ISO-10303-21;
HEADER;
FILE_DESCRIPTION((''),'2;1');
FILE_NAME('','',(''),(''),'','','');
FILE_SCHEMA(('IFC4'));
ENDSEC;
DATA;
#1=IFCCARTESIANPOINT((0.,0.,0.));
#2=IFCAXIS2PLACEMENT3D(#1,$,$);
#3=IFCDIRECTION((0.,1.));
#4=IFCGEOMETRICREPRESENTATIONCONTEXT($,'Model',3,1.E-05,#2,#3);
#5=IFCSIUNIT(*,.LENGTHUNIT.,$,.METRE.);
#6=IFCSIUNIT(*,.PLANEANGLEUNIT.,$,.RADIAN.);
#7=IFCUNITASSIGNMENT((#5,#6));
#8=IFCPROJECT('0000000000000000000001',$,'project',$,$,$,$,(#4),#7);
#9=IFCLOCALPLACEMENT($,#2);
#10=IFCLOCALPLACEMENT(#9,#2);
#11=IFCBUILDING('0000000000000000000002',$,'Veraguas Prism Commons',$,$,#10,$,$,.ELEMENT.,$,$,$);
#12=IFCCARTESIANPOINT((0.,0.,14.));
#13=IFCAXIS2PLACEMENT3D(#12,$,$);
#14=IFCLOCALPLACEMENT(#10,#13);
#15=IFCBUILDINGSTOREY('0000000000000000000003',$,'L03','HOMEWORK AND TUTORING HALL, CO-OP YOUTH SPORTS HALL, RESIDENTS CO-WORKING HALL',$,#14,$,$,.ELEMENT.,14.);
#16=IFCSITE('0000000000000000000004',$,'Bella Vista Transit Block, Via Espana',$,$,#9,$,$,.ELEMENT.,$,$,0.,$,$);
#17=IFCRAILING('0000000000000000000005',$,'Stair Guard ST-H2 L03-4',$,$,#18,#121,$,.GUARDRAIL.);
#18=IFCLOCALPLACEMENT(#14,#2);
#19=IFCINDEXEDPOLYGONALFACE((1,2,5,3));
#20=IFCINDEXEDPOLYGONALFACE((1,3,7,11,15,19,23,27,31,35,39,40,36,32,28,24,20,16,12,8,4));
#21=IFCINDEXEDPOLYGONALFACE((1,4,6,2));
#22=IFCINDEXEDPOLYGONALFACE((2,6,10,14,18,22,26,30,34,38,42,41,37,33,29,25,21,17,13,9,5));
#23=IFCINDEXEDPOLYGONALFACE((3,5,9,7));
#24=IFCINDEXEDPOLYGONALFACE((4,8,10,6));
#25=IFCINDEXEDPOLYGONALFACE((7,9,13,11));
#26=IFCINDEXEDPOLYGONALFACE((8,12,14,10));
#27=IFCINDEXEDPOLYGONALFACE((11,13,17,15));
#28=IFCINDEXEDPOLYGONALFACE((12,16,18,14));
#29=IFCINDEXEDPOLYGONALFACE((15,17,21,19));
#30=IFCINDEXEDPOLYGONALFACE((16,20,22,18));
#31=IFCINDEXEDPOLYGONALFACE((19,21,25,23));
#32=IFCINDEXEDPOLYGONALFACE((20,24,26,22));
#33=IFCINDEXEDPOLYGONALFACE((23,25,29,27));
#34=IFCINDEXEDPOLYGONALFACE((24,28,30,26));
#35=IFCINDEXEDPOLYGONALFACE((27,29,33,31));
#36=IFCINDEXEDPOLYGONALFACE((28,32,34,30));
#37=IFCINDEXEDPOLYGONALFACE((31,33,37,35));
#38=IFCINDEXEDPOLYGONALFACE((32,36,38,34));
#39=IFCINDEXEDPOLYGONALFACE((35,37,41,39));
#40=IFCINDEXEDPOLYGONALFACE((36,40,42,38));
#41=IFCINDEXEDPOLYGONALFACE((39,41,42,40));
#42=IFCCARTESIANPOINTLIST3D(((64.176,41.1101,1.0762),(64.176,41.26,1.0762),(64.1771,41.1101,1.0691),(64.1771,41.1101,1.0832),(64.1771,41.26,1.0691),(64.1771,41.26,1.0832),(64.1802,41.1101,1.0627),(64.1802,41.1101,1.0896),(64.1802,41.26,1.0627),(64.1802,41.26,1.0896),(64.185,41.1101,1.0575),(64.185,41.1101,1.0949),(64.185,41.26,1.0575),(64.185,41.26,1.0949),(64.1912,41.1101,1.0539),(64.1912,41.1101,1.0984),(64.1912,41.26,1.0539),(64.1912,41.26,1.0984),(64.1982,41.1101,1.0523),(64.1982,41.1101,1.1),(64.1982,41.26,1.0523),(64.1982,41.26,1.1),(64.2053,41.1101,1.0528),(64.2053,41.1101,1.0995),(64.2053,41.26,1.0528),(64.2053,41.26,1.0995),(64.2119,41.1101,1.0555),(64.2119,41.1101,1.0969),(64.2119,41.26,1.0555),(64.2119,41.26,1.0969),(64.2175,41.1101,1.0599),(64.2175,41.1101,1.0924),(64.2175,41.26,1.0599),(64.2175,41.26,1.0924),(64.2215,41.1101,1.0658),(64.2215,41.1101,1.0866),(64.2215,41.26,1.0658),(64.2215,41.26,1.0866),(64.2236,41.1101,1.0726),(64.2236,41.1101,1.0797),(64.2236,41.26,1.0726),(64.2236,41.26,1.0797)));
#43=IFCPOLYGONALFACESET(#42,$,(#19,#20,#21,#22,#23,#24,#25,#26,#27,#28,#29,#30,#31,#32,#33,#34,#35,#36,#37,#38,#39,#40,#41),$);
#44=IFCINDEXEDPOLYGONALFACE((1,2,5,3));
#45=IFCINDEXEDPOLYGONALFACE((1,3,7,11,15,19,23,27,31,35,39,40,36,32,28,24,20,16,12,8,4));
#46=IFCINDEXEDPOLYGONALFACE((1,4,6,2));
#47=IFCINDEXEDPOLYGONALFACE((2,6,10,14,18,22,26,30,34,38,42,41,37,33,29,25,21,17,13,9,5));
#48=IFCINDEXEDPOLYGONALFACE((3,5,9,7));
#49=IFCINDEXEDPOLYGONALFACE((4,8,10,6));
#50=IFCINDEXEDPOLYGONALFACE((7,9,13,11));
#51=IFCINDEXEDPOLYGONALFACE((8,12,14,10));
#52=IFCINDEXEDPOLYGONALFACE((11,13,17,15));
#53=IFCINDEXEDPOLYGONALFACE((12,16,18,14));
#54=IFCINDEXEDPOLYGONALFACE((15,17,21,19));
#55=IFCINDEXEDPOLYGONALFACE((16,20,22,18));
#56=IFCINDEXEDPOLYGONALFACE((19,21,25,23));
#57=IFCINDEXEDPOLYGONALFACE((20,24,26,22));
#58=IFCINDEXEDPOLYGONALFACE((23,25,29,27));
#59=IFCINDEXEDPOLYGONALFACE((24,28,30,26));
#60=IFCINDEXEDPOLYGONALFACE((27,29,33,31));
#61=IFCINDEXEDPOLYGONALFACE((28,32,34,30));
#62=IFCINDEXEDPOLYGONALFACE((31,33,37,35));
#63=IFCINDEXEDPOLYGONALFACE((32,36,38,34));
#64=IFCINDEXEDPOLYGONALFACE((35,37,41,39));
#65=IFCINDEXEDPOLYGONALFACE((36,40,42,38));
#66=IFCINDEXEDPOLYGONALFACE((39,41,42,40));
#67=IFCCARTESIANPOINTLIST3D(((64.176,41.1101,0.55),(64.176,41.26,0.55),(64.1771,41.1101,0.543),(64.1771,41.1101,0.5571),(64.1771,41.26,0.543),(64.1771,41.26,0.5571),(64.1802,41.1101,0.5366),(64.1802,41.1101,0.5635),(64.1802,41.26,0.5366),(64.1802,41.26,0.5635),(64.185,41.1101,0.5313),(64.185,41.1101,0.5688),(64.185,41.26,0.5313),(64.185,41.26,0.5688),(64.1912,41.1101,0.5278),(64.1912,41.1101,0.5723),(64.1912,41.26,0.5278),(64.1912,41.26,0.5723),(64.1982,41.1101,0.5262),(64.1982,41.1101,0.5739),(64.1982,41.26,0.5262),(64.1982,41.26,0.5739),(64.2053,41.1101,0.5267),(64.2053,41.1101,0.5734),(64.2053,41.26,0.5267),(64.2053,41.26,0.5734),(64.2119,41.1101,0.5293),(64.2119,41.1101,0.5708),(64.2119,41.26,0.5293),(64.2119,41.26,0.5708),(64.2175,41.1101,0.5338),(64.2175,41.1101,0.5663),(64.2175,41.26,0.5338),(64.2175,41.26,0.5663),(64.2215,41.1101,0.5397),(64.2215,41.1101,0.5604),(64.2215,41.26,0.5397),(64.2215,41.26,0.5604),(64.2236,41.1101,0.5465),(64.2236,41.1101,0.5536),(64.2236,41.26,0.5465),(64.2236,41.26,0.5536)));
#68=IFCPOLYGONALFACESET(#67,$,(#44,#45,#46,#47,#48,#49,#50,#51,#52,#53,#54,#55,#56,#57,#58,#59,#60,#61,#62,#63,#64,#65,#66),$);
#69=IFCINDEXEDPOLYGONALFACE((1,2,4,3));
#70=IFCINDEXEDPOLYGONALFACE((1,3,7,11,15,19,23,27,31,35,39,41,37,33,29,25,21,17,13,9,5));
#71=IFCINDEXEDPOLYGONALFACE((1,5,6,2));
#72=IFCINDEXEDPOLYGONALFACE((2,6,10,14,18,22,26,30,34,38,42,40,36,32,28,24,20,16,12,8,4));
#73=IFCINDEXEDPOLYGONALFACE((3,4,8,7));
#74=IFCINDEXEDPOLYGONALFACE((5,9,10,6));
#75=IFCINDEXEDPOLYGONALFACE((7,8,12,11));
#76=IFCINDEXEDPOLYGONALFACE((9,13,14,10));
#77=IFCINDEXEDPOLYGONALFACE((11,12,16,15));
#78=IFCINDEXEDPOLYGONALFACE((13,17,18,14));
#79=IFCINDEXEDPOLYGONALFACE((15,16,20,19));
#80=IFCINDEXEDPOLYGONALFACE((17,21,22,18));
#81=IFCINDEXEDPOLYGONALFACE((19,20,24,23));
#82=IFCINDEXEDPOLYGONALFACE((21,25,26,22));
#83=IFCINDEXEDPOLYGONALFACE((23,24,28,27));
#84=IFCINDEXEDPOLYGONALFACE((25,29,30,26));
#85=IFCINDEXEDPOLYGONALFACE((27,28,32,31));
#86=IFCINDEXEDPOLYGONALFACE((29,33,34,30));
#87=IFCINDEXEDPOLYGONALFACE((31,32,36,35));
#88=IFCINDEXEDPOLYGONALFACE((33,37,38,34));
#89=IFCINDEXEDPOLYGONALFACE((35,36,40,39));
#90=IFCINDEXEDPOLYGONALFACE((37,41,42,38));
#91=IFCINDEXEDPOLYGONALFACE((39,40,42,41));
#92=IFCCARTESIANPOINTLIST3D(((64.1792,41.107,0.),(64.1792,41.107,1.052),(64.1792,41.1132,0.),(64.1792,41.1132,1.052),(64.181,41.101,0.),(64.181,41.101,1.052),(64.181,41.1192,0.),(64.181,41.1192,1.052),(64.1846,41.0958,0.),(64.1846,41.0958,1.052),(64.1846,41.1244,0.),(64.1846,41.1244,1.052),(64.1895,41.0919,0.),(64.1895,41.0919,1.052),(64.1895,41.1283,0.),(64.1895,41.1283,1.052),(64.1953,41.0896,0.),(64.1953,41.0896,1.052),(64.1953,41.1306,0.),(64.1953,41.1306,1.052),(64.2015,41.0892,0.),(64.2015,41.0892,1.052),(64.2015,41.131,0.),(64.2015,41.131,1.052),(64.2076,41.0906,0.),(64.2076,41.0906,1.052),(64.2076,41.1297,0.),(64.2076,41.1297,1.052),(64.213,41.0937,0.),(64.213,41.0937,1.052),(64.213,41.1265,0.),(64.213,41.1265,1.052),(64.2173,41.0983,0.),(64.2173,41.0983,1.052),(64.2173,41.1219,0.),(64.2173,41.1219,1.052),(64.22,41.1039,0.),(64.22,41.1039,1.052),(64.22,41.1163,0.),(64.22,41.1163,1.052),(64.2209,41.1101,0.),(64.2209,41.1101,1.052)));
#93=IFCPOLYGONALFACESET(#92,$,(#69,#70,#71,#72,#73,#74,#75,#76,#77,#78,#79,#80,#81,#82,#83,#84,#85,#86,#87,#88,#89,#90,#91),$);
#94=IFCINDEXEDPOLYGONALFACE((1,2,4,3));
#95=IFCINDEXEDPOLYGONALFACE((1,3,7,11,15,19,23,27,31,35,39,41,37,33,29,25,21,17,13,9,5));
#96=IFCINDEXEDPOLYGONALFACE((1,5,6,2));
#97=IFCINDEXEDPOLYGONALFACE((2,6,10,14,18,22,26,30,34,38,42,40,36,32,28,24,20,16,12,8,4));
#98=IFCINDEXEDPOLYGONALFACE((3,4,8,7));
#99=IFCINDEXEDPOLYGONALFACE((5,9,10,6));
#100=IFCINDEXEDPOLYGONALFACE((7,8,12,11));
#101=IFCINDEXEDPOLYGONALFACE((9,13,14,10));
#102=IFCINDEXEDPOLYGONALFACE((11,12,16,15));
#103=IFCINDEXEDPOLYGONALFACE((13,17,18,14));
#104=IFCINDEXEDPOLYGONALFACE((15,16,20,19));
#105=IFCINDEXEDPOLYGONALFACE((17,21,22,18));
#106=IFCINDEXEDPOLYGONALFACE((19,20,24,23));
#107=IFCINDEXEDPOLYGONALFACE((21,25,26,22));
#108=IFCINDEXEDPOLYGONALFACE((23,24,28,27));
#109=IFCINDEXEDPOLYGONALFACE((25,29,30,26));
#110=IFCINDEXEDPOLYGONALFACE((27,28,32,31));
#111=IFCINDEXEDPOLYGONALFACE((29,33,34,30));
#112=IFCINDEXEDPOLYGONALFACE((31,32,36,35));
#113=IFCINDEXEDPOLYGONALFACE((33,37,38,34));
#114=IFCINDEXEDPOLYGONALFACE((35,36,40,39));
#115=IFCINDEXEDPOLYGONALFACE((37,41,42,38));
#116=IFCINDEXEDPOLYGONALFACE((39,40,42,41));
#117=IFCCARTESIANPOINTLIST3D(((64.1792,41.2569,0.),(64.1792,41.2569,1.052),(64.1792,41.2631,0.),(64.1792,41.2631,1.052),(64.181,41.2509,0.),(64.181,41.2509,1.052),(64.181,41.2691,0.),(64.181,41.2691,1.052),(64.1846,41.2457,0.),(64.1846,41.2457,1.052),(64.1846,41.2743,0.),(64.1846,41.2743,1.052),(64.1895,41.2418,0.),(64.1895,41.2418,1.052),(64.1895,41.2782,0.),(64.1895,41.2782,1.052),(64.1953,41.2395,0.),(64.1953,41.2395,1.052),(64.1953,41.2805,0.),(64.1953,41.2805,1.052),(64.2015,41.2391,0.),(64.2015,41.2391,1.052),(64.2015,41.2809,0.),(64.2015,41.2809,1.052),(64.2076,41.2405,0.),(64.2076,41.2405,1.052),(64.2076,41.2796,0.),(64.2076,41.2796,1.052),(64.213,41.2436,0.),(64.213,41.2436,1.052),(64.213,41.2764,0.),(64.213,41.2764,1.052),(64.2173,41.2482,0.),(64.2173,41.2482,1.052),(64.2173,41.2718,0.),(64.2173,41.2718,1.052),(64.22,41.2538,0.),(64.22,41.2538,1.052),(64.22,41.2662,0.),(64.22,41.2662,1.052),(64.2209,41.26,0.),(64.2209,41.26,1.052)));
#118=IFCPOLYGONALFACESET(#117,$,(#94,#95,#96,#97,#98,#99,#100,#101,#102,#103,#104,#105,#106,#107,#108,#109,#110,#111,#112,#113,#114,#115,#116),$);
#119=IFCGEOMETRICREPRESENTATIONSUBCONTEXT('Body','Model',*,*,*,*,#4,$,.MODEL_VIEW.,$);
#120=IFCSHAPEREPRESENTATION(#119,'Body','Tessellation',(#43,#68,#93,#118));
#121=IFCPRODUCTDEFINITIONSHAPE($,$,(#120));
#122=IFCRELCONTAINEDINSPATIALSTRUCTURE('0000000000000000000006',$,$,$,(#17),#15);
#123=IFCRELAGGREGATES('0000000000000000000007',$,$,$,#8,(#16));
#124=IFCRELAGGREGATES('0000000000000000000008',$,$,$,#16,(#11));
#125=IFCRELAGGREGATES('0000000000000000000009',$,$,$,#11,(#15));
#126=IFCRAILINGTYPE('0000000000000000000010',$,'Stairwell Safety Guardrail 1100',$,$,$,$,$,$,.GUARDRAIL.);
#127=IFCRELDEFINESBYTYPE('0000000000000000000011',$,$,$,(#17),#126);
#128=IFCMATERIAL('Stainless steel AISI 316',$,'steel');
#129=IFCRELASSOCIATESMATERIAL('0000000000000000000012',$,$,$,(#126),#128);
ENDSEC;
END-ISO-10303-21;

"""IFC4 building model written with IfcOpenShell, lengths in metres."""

from ifc_helpers import new_model, si_unit, direction, frame, origin, origin_2d, place, context, subcontext, project, spatial, circle, extrude, material, type_object, element, save


model = new_model("IFC4")

# Units and contexts
model_context = context("Model", 3, precision=1e-05, world=origin(), true_north=direction((0.0, 1.0)))
body_context = subcontext(model_context, "Body", "Model", "MODEL_VIEW")
ifc_project = project(units=[si_unit("LENGTHUNIT", "METRE"), si_unit("PLANEANGLEUNIT", "RADIAN")], contexts=[model_context])

# Site, building, storey
site_placement = place(None, origin())
site = spatial("IfcSite", under=ifc_project, at=site_placement, Name="Bella Vista Transit Block, Via Espana", CompositionType="ELEMENT", RefElevation=0.0)
building_placement = place(site_placement, origin())
building = spatial("IfcBuilding", under=site, at=building_placement, Name="Veraguas Prism Commons", CompositionType="ELEMENT")
storey_placement = place(building_placement, frame((0.0, 0.0, 14.0)))
storey = spatial("IfcBuildingStorey", under=building, at=storey_placement, Name="L03", Description="HOMEWORK AND TUTORING HALL, CO-OP YOUTH SPORTS HALL, RESIDENTS CO-WORKING HALL", CompositionType="ELEMENT", Elevation=14.0)

# Railing
ifc_material_1 = material(Name="Stainless steel AISI 316", Category="steel")
railing_type_1 = type_object("IfcRailingType", Name="Stairwell Safety Guardrail 1100", PredefinedType="GUARDRAIL", material=ifc_material_1)
railing_1_placement = place(storey_placement, frame((64.2, 41.1101, 0.0)))
element("IfcRailing", 1, at=railing_1_placement, inside=storey, type_object=railing_type_1, Name="Stair Guard ST-H2 L03-4", PredefinedType="GUARDRAIL", context=body_context, shape_type="SweptSolid", body=[
    extrude(circle(Radius=0.0239, at=origin_2d()), frame((0.0, 0.0, 1.0762), z_axis=(0.0, 1.0, 0.0), x_axis=(-1.0, 0.0, 0.0)), (0.0, 0.0, 1.0), 0.1499),
    extrude(circle(Radius=0.0239, at=origin_2d()), frame((0.0, 0.0, 0.55), z_axis=(0.0, 1.0, 0.0), x_axis=(-1.0, 0.0, 0.0)), (0.0, 0.0, 1.0), 0.1499),
    extrude(circle(Radius=0.021, at=origin_2d()), origin(), (0.0, 0.0, 1.0), 1.052),
    extrude(circle(Radius=0.021, at=origin_2d()), frame((0.0, 0.1499, 0.0)), (0.0, 0.0, 1.0), 1.052),
])

save(model, "model.ifc")
